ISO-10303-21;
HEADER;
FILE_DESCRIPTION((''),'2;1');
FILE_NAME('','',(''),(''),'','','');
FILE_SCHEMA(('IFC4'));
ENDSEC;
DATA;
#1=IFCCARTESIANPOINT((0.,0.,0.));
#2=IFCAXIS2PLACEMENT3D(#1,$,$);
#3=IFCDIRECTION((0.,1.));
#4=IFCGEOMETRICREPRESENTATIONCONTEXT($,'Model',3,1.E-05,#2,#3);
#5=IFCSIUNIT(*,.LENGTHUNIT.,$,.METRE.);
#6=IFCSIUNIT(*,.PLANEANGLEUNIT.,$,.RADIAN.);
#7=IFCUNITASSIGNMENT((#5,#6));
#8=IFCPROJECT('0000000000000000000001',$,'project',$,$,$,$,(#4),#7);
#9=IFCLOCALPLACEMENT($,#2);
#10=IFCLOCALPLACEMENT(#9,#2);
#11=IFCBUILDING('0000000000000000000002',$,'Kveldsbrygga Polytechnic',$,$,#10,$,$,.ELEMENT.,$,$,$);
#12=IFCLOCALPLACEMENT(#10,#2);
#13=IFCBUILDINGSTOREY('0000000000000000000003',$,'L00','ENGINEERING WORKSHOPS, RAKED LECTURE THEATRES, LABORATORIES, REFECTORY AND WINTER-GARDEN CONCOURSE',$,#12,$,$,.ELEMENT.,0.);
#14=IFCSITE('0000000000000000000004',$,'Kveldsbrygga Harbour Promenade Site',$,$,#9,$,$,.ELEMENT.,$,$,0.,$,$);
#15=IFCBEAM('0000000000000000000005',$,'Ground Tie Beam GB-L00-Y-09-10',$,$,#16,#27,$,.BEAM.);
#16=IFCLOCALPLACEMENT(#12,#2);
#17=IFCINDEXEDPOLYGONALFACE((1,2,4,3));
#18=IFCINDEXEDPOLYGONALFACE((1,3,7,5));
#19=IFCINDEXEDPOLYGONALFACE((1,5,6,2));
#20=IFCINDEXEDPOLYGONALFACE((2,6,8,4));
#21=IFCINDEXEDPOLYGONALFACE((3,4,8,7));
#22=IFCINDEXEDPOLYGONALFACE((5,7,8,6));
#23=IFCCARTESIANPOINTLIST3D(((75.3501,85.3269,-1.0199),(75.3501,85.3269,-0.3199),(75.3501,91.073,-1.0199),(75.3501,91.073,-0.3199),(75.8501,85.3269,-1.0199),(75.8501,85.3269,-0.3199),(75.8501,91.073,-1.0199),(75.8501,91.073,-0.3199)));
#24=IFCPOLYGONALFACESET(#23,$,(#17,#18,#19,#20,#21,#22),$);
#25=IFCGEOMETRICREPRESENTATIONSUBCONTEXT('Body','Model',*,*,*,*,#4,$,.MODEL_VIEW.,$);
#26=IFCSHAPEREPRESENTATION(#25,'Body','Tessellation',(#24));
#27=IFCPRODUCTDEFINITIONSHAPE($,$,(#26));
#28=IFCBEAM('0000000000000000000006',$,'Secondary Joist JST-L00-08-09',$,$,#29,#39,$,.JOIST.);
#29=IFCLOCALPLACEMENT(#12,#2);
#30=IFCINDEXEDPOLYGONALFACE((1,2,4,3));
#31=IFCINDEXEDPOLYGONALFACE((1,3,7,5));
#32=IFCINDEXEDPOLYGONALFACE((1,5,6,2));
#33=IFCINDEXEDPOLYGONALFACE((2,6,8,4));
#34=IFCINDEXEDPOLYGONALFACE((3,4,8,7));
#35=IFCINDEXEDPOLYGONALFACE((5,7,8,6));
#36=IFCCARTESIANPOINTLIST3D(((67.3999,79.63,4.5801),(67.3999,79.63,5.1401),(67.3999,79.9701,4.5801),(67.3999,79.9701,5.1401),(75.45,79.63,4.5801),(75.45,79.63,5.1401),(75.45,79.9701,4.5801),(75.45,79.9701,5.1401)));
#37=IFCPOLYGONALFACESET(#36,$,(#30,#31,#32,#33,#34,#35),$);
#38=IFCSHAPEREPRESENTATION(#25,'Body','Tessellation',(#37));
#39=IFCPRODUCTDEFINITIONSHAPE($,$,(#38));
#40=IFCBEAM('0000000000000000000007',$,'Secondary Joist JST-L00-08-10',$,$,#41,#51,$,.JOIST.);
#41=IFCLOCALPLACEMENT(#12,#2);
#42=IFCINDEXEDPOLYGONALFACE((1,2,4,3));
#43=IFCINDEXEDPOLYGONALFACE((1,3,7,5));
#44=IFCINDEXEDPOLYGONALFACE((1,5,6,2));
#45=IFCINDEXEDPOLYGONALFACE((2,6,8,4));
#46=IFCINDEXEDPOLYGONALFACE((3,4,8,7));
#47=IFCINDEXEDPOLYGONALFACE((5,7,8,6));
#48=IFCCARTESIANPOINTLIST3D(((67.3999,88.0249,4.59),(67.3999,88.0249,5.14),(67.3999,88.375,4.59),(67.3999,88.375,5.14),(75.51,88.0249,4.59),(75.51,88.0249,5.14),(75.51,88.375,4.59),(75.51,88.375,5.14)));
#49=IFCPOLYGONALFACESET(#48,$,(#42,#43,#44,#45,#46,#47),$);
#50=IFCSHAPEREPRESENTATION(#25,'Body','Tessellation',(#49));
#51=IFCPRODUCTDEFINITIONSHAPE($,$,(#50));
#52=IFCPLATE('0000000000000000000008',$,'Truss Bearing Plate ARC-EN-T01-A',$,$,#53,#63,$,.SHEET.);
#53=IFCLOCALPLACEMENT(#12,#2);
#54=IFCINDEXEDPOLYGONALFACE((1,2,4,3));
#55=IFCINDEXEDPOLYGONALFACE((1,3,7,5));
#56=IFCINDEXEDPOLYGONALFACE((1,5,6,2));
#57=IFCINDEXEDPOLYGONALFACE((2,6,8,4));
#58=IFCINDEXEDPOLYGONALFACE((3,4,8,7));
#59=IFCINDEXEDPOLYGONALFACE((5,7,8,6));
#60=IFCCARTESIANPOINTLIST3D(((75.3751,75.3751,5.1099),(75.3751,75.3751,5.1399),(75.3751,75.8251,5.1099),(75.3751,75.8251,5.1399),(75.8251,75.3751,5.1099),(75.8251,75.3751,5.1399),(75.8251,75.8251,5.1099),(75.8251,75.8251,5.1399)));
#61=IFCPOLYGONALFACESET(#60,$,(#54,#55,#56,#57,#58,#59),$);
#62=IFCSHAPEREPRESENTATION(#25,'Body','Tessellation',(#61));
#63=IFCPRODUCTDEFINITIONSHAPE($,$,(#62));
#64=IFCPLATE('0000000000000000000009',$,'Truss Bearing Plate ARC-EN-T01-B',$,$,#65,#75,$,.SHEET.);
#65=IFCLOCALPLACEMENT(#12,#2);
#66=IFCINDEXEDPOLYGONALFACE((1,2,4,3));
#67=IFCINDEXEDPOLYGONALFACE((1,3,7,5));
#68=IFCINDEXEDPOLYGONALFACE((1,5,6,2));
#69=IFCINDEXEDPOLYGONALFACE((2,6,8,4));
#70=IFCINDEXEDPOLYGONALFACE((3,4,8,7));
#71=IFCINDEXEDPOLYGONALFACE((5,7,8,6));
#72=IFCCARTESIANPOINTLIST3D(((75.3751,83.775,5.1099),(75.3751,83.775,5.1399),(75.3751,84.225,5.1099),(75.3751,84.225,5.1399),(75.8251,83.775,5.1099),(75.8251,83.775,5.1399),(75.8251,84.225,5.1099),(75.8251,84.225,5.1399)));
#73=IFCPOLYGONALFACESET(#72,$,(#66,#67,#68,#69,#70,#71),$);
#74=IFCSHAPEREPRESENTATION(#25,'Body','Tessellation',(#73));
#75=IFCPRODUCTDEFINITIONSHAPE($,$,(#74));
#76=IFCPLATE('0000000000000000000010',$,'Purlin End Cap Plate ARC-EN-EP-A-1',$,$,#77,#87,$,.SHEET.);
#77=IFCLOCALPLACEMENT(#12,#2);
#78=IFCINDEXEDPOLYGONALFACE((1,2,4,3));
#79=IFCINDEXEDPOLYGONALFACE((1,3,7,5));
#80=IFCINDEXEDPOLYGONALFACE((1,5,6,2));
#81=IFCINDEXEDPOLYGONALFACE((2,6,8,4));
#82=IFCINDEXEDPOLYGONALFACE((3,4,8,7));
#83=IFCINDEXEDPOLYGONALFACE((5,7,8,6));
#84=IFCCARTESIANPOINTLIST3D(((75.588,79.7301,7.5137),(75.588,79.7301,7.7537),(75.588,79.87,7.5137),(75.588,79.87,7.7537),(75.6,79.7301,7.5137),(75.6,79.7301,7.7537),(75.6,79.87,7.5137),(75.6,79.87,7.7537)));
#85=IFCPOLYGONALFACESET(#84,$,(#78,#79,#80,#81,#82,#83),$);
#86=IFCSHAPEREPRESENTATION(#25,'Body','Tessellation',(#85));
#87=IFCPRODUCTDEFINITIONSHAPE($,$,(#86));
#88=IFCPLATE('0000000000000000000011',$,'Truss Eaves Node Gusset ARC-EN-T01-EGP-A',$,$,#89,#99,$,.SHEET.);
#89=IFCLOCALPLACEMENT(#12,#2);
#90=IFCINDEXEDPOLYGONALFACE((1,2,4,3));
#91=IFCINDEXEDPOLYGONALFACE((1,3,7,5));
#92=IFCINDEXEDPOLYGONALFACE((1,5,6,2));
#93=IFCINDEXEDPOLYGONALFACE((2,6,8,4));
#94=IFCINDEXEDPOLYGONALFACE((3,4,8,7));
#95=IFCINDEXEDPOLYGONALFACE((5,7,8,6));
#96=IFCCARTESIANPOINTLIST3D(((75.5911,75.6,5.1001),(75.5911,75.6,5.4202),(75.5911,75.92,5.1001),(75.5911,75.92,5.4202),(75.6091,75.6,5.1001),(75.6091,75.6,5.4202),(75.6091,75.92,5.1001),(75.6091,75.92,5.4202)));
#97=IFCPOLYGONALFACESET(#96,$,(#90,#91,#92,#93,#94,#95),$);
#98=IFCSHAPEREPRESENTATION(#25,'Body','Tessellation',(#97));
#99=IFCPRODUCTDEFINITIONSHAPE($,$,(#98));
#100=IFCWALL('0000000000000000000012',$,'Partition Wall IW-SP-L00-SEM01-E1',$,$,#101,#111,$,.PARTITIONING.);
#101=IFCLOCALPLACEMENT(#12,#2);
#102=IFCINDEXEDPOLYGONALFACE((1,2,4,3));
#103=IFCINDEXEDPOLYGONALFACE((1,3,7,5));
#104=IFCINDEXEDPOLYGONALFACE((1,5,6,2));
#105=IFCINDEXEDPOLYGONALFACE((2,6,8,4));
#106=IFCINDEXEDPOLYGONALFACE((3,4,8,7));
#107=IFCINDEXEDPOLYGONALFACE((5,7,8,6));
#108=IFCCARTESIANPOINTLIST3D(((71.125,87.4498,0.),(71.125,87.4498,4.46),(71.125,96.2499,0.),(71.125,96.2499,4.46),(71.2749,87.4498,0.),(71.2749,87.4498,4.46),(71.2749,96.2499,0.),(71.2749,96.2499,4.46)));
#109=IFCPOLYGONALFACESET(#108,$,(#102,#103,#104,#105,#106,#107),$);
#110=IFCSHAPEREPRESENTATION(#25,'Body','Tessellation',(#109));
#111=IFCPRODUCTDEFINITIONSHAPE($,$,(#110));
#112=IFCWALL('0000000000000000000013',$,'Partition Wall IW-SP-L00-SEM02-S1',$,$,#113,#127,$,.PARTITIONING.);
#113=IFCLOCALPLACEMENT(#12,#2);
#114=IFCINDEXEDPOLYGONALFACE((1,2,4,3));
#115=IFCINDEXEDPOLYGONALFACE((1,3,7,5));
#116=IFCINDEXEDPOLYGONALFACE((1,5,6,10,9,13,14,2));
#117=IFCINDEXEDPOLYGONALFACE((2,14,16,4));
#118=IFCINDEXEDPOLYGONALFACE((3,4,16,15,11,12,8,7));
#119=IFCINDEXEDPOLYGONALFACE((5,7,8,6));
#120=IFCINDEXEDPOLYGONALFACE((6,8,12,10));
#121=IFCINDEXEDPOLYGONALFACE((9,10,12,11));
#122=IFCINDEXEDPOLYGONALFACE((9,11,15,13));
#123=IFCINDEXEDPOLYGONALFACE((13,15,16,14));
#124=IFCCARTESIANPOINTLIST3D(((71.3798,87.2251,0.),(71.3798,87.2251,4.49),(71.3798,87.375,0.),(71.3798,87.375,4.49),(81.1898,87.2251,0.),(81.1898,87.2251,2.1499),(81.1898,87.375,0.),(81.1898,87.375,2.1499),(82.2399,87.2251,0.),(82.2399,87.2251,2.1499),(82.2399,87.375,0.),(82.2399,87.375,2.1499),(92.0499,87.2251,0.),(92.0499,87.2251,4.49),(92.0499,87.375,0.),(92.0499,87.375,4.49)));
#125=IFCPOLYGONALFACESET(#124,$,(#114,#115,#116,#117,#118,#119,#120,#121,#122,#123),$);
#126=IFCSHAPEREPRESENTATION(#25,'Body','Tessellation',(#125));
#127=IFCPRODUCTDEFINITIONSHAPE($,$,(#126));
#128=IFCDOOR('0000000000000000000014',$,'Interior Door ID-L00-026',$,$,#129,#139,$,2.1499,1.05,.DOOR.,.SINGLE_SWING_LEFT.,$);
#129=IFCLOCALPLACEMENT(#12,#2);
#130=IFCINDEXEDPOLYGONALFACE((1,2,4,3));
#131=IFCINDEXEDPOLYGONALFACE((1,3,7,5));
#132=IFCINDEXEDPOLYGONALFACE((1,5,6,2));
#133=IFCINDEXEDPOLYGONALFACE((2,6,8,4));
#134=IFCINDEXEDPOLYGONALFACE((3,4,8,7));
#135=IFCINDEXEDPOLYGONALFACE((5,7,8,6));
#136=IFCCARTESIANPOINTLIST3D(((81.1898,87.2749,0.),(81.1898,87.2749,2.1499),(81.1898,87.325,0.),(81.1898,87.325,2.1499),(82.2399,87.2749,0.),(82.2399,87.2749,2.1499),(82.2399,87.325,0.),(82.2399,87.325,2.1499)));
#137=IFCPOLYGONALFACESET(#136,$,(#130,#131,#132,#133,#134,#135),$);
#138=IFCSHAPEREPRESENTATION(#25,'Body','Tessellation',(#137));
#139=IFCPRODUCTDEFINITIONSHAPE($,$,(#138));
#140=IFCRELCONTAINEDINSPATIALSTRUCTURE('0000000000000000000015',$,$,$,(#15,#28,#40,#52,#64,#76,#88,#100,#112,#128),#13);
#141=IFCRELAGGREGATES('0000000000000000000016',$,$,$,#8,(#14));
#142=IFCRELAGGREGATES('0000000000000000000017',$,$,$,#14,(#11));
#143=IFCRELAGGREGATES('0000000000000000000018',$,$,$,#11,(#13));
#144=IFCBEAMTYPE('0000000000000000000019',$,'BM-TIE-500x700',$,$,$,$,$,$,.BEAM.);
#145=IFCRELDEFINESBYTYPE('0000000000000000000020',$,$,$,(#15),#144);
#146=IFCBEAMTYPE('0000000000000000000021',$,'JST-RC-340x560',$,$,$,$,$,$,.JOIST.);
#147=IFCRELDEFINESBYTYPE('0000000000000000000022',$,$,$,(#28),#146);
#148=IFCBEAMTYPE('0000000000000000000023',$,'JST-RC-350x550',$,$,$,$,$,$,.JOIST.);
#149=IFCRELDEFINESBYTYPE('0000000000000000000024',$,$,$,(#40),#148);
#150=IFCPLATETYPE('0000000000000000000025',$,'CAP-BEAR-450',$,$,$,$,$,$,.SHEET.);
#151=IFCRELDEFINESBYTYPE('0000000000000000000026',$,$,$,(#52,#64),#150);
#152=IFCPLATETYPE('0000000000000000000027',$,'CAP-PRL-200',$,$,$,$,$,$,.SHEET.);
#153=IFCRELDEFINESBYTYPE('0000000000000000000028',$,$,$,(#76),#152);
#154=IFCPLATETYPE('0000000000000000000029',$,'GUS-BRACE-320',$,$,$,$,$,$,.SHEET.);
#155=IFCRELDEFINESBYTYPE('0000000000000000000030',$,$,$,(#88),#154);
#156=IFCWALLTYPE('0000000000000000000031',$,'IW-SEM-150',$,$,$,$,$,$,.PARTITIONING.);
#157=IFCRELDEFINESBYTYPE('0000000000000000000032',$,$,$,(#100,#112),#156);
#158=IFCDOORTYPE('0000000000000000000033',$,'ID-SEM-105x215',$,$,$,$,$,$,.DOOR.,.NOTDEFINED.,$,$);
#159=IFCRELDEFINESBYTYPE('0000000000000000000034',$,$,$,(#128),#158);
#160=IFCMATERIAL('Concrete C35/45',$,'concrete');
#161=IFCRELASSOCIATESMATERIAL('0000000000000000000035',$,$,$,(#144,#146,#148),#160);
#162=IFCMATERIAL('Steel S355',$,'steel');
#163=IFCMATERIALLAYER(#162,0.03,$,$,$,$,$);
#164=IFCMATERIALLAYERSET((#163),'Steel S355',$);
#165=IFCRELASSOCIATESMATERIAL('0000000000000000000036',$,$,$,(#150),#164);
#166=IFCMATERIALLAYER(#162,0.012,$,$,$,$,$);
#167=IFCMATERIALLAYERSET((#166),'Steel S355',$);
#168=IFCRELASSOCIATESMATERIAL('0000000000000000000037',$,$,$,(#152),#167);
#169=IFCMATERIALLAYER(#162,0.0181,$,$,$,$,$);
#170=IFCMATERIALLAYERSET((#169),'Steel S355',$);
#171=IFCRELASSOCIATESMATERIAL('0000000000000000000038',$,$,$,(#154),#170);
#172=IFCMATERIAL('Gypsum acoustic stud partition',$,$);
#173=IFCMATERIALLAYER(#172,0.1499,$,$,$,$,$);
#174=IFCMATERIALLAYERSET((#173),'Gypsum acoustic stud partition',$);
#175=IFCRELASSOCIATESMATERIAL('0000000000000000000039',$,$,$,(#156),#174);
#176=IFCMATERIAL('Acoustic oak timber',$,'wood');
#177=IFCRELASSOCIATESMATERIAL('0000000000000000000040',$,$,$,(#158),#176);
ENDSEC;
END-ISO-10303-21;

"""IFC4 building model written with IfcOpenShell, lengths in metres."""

from ifc_helpers import new_model, si_unit, direction, frame, frame_2d, origin, origin_2d, place, context, subcontext, project, spatial, rectangle, extrude, material, layer, layer_set, material_profile, profile_set, type_object, element, fill, save


model = new_model("IFC4")

# Units and contexts
model_context = context("Model", 3, precision=1e-05, world=origin(), true_north=direction((0.0, 1.0)))
body_context = subcontext(model_context, "Body", "Model", "MODEL_VIEW")
ifc_project = project(units=[si_unit("LENGTHUNIT", "METRE"), si_unit("PLANEANGLEUNIT", "RADIAN")], contexts=[model_context])

# Site, building, storey
site_placement = place(None, origin())
site = spatial("IfcSite", under=ifc_project, at=site_placement, Name="Kveldsbrygga Harbour Promenade Site", CompositionType="ELEMENT", RefElevation=0.0)
building_placement = place(site_placement, origin())
building = spatial("IfcBuilding", under=site, at=building_placement, Name="Kveldsbrygga Polytechnic", CompositionType="ELEMENT")
storey_placement = place(building_placement, origin())
storey = spatial("IfcBuildingStorey", under=building, at=storey_placement, Name="L00", Description="ENGINEERING WORKSHOPS, RAKED LECTURE THEATRES, LABORATORIES, REFECTORY AND WINTER-GARDEN CONCOURSE", CompositionType="ELEMENT", Elevation=0.0)

# Beams
ifc_material_1 = material(Name="Concrete C35/45", Category="concrete")
ifc_material_2 = material(Name="Steel S355", Category="steel")
ifc_material_profile_1 = material_profile(ifc_material_1, rectangle(XDim=0.5, YDim=0.7, at=origin_2d()), Name="RC 500x700")
ifc_profile_set_1 = profile_set([ifc_material_profile_1], Name="Concrete C35/45")
beam_type_1 = type_object("IfcBeamType", Name="BM-TIE-500x700", PredefinedType="BEAM", material=ifc_profile_set_1)
beam_1_placement = place(storey_placement, frame((75.6001, 85.3269, -0.6699), z_axis=(0.0, 1.0, 0.0), x_axis=(-1.0, 0.0, 0.0)))
element("IfcBeam", 1, at=beam_1_placement, inside=storey, type_object=beam_type_1, Name="Ground Tie Beam GB-L00-Y-09-10", PredefinedType="BEAM", context=body_context, shape_type="SweptSolid", body=[
    extrude(rectangle(XDim=0.5, YDim=0.7, at=origin_2d()), origin(), (0.0, 0.0, 1.0), 5.7461),
])
ifc_material_profile_2 = material_profile(ifc_material_1, rectangle(XDim=0.3401, YDim=0.5601, at=origin_2d()), Name="RC 340x560")
ifc_profile_set_2 = profile_set([ifc_material_profile_2], Name="Concrete C35/45")
beam_type_2 = type_object("IfcBeamType", Name="JST-RC-340x560", PredefinedType="JOIST", material=ifc_profile_set_2)
beam_2_placement = place(storey_placement, frame((67.3999, 79.8, 4.8601), z_axis=(1.0, 0.0, 0.0), x_axis=(0.0, 1.0, 0.0)))
element("IfcBeam", 2, at=beam_2_placement, inside=storey, type_object=beam_type_2, Name="Secondary Joist JST-L00-08-09", PredefinedType="JOIST", context=body_context, shape_type="SweptSolid", body=[
    extrude(rectangle(XDim=0.3401, YDim=0.5601, at=origin_2d()), origin(), (0.0, 0.0, 1.0), 8.05),
])
ifc_material_profile_3 = material_profile(ifc_material_1, rectangle(XDim=0.3501, YDim=0.55, at=origin_2d()), Name="RC 350x550")
ifc_profile_set_3 = profile_set([ifc_material_profile_3], Name="Concrete C35/45")
beam_type_3 = type_object("IfcBeamType", Name="JST-RC-350x550", PredefinedType="JOIST", material=ifc_profile_set_3)
beam_3_placement = place(storey_placement, frame((67.3999, 88.2, 4.865), z_axis=(1.0, 0.0, 0.0), x_axis=(0.0, 1.0, 0.0)))
element("IfcBeam", 3, at=beam_3_placement, inside=storey, type_object=beam_type_3, Name="Secondary Joist JST-L00-08-10", PredefinedType="JOIST", context=body_context, shape_type="SweptSolid", body=[
    extrude(rectangle(XDim=0.3501, YDim=0.55, at=origin_2d()), origin(), (0.0, 0.0, 1.0), 8.1101),
])

# Plates
ifc_layer_1 = layer(ifc_material_2, 0.03)
ifc_layer_set_1 = layer_set([ifc_layer_1], Name="Steel S355")
plate_type_1 = type_object("IfcPlateType", Name="CAP-BEAR-450", PredefinedType="SHEET", material=ifc_layer_set_1)
for number, where, z_axis, x_axis, name in (
    (4, (75.6001, 75.6001, 5.1099), (0.0, 0.0, 1.0), (1.0, 0.0, 0.0), "Truss Bearing Plate ARC-EN-T01-A"),
    (5, (75.6001, 84.0, 5.1099), (0.0, 0.0, 1.0), (1.0, 0.0, 0.0), "Truss Bearing Plate ARC-EN-T01-B"),
):
    element("IfcPlate", number, at=place(storey_placement, frame(where, z_axis=z_axis, x_axis=x_axis)), inside=storey, type_object=plate_type_1, Name=name, PredefinedType="SHEET", context=body_context, shape_type="SweptSolid", body=[
        extrude(rectangle(XDim=0.45, YDim=0.45, at=origin_2d()), origin(), (0.0, 0.0, 1.0), 0.03),
    ])
ifc_layer_2 = layer(ifc_material_2, 0.012)
ifc_layer_set_2 = layer_set([ifc_layer_2], Name="Steel S355")
plate_type_2 = type_object("IfcPlateType", Name="CAP-PRL-200", PredefinedType="SHEET", material=ifc_layer_set_2)
plate_1_placement = place(storey_placement, frame((75.594, 79.8, 7.5137), z_axis=(0.0, 0.0, 1.0), x_axis=(1.0, 0.0, 0.0)))
element("IfcPlate", 6, at=plate_1_placement, inside=storey, type_object=plate_type_2, Name="Purlin End Cap Plate ARC-EN-EP-A-1", PredefinedType="SHEET", context=body_context, shape_type="SweptSolid", body=[
    extrude(rectangle(XDim=0.012, YDim=0.1399, at=origin_2d()), origin(), (0.0, 0.0, 1.0), 0.24),
])
ifc_layer_3 = layer(ifc_material_2, 0.0181)
ifc_layer_set_3 = layer_set([ifc_layer_3], Name="Steel S355")
plate_type_3 = type_object("IfcPlateType", Name="GUS-BRACE-320", PredefinedType="SHEET", material=ifc_layer_set_3)
plate_2_placement = place(storey_placement, frame((75.6001, 75.76, 5.1001), z_axis=(0.0, 0.0, 1.0), x_axis=(1.0, 0.0, 0.0)))
element("IfcPlate", 7, at=plate_2_placement, inside=storey, type_object=plate_type_3, Name="Truss Eaves Node Gusset ARC-EN-T01-EGP-A", PredefinedType="SHEET", context=body_context, shape_type="SweptSolid", body=[
    extrude(rectangle(XDim=0.0181, YDim=0.3201, at=origin_2d()), origin(), (0.0, 0.0, 1.0), 0.3201),
])

# Wall
ifc_material_3 = material(Name="Gypsum acoustic stud partition")
ifc_layer_4 = layer(ifc_material_3, 0.1499)
ifc_layer_set_4 = layer_set([ifc_layer_4], Name="Gypsum acoustic stud partition")
wall_type = type_object("IfcWallType", Name="IW-SEM-150", PredefinedType="PARTITIONING", material=ifc_layer_set_4)
wall_1_placement = place(storey_placement, frame((71.2, 87.45, 0.0), z_axis=(0.0, 0.0, 1.0), x_axis=(0.0, 1.0, 0.0)))
element("IfcWall", 8, at=wall_1_placement, inside=storey, type_object=wall_type, Name="Partition Wall IW-SP-L00-SEM01-E1", PredefinedType="PARTITIONING", context=body_context, shape_type="SweptSolid", body=[
    extrude(rectangle(XDim=8.8, YDim=0.1499, at=frame_2d((4.3999, 0.0))), origin(), (0.0, 0.0, 1.0), 4.46),
])

# Wall, opening, door
wall_2_placement = place(storey_placement, frame((71.3799, 87.3, 0.0), z_axis=(0.0, 0.0, 1.0), x_axis=(1.0, 0.0, 0.0)))
wall_2 = element("IfcWall", 9, at=wall_2_placement, inside=storey, type_object=wall_type, Name="Partition Wall IW-SP-L00-SEM02-S1", PredefinedType="PARTITIONING", context=body_context, shape_type="SweptSolid", body=[
    extrude(rectangle(XDim=20.6702, YDim=0.1499, at=frame_2d((10.335, 0.0))), origin(), (0.0, 0.0, 1.0), 4.49),
])
opening_placement = place(wall_2_placement, frame((9.8101, 0.0, 0.0)))
opening = element("IfcOpeningElement", 10, at=opening_placement, cuts=wall_2, PredefinedType="OPENING", context=body_context, shape_type="SweptSolid", body=[
    extrude(rectangle(XDim=1.05, YDim=2.1499, at=frame_2d((0.5249, 1.075))), frame((0.0, 0.085, 0.0), z_axis=(0.0, -1.0, 0.0), x_axis=(1.0, 0.0, 0.0)), (0.0, 0.0, 1.0), 0.1699),
])
ifc_material_4 = material(Name="Acoustic oak timber", Category="wood")
door_type = type_object("IfcDoorType", Name="ID-SEM-105x215", OperationType="NOTDEFINED", PredefinedType="DOOR", material=ifc_material_4)
door_placement = place(opening_placement, origin())
door = element("IfcDoor", 11, at=door_placement, inside=storey, type_object=door_type, Name="Interior Door ID-L00-026", OperationType="SINGLE_SWING_LEFT", OverallHeight=2.1499, OverallWidth=1.05, PredefinedType="DOOR", context=body_context, shape_type="SweptSolid", body=[
    extrude(rectangle(XDim=1.05, YDim=2.1499, at=frame_2d((0.5249, 1.075))), frame((0.0, 0.0249, 0.0), z_axis=(0.0, -1.0, 0.0), x_axis=(1.0, 0.0, 0.0)), (0.0, 0.0, 1.0), 0.05),
])
fill(opening, door)

save(model, "model.ifc")
